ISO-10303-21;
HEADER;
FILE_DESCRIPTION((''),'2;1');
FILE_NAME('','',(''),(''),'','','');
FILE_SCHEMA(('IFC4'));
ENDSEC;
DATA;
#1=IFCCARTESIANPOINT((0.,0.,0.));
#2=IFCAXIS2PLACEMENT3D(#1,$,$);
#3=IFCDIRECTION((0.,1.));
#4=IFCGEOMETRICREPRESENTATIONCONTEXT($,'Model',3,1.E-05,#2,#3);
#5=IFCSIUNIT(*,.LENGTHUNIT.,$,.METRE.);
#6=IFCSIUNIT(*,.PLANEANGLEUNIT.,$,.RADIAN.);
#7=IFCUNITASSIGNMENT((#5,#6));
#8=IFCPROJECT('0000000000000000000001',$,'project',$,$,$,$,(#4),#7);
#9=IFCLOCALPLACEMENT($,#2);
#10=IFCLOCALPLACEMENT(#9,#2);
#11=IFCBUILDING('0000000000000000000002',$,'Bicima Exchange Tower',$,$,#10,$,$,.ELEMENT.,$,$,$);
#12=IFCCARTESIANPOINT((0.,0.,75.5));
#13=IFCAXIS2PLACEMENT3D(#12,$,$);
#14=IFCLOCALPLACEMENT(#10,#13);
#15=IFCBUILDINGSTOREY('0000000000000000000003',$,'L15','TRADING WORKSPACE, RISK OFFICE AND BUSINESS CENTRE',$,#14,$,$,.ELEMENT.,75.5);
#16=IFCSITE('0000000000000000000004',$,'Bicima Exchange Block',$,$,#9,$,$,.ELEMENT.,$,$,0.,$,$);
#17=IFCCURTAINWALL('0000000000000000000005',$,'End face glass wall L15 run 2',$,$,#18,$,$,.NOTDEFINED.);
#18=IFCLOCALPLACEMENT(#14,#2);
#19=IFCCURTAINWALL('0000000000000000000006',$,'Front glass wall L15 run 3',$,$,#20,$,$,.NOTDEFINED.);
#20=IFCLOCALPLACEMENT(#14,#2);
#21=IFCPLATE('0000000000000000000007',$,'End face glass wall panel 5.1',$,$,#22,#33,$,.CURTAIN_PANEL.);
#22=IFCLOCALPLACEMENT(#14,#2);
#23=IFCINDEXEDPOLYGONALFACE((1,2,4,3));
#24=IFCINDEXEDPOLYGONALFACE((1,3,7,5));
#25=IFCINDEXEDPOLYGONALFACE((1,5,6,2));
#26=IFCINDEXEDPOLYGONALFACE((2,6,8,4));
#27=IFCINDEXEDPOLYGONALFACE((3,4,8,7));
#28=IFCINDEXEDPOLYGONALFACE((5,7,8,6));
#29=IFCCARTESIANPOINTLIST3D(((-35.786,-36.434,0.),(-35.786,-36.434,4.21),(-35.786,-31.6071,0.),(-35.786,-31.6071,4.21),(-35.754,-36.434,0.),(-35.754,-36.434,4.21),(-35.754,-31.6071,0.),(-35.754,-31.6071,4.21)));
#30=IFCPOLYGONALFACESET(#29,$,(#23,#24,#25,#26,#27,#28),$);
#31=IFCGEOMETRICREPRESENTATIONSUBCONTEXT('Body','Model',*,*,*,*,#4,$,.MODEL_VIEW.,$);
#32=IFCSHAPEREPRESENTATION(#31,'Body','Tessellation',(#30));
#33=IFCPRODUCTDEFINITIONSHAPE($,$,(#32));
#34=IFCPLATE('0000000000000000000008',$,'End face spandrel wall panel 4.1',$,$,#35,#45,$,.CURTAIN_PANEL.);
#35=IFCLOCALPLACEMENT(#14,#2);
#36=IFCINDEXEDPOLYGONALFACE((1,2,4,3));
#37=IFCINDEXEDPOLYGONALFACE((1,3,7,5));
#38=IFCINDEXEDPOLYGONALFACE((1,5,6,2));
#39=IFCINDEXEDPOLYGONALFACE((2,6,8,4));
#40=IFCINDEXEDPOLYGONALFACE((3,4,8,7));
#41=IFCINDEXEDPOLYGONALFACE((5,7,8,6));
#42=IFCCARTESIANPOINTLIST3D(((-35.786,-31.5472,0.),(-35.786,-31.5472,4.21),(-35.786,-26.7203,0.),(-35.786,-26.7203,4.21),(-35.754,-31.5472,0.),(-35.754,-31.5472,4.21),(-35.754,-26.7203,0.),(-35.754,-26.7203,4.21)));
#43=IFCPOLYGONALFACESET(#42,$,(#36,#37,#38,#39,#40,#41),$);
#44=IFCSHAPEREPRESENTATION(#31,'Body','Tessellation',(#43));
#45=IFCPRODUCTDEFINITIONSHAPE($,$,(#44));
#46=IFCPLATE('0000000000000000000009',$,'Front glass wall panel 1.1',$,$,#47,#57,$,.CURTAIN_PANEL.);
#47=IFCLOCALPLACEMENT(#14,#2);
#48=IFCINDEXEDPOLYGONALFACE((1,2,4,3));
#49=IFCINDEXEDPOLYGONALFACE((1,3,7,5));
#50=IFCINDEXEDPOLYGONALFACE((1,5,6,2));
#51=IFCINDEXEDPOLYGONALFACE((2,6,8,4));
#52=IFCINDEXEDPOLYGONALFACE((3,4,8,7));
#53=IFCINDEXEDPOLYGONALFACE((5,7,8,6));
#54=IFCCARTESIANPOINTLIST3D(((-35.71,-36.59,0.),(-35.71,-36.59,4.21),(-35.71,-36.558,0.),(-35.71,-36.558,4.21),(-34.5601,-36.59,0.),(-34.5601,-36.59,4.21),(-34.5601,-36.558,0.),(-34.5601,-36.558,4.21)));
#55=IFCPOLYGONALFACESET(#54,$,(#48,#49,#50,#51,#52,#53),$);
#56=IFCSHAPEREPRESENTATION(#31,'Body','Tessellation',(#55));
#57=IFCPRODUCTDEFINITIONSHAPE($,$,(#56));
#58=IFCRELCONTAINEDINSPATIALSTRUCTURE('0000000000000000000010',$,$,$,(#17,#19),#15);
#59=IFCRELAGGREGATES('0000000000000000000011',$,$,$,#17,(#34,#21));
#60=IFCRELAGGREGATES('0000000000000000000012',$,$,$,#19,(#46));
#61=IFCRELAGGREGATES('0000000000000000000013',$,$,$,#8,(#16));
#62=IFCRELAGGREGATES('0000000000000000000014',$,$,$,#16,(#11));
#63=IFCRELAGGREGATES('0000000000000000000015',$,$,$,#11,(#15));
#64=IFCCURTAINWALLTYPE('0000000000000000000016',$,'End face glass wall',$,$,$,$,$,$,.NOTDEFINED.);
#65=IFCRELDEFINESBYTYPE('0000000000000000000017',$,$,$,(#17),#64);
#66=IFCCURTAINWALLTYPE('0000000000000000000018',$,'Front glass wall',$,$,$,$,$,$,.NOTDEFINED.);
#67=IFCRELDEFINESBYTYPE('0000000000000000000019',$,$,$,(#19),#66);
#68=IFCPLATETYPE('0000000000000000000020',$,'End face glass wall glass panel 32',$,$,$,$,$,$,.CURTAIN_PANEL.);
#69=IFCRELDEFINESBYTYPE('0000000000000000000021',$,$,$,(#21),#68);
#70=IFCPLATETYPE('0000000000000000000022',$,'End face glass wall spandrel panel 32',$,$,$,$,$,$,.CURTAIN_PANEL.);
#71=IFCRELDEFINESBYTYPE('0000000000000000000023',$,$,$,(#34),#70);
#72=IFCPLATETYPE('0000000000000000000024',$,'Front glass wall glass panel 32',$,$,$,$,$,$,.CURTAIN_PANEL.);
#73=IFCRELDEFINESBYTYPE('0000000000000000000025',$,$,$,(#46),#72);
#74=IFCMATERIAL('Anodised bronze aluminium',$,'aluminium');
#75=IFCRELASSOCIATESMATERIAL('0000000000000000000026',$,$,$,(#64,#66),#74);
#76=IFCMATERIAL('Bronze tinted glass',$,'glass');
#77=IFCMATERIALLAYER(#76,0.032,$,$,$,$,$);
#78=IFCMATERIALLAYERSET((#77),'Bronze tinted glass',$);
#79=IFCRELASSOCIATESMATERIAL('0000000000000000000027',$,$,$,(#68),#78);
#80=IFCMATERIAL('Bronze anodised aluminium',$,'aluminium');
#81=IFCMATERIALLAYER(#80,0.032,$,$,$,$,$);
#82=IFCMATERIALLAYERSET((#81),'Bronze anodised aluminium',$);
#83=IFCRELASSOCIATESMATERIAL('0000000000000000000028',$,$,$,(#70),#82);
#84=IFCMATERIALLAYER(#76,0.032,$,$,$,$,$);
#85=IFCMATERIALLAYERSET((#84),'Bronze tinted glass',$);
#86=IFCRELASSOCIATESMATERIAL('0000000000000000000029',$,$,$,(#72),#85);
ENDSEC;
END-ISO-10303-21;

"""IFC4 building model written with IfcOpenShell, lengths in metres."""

from ifc_helpers import new_model, si_unit, direction, frame, origin, origin_2d, place, context, subcontext, project, spatial, rectangle, extrude, material, layer, layer_set, type_object, element, aggregate, save


model = new_model("IFC4")

# Units and contexts
model_context = context("Model", 3, precision=1e-05, world=origin(), true_north=direction((0.0, 1.0)))
body_context = subcontext(model_context, "Body", "Model", "MODEL_VIEW")
ifc_project = project(units=[si_unit("LENGTHUNIT", "METRE"), si_unit("PLANEANGLEUNIT", "RADIAN")], contexts=[model_context])

# Site, building, storey
site_placement = place(None, origin())
site = spatial("IfcSite", under=ifc_project, at=site_placement, Name="Bicima Exchange Block", CompositionType="ELEMENT", RefElevation=0.0)
building_placement = place(site_placement, origin())
building = spatial("IfcBuilding", under=site, at=building_placement, Name="Bicima Exchange Tower", CompositionType="ELEMENT")
storey_placement = place(building_placement, frame((0.0, 0.0, 75.5)))
storey = spatial("IfcBuildingStorey", under=building, at=storey_placement, Name="L15", Description="TRADING WORKSPACE, RISK OFFICE AND BUSINESS CENTRE", CompositionType="ELEMENT", Elevation=75.5)

# Curtain wall
ifc_material_1 = material(Name="Anodised bronze aluminium", Category="aluminium")
curtain_wall_type_1 = type_object("IfcCurtainWallType", Name="End face glass wall", PredefinedType="NOTDEFINED", material=ifc_material_1)
curtain_wall_1_placement = place(storey_placement, origin())
curtain_wall_1 = element("IfcCurtainWall", 1, at=curtain_wall_1_placement, inside=storey, type_object=curtain_wall_type_1, Name="End face glass wall L15 run 2", PredefinedType="NOTDEFINED")

# Curtain wall
curtain_wall_type_2 = type_object("IfcCurtainWallType", Name="Front glass wall", PredefinedType="NOTDEFINED", material=ifc_material_1)
curtain_wall_2_placement = place(storey_placement, origin())
curtain_wall_2 = element("IfcCurtainWall", 2, at=curtain_wall_2_placement, inside=storey, type_object=curtain_wall_type_2, Name="Front glass wall L15 run 3", PredefinedType="NOTDEFINED")

# Plates
ifc_material_2 = material(Name="Bronze tinted glass", Category="glass")
ifc_layer_1 = layer(ifc_material_2, 0.032)
ifc_layer_set_1 = layer_set([ifc_layer_1], Name="Bronze tinted glass")
plate_type_1 = type_object("IfcPlateType", Name="End face glass wall glass panel 32", PredefinedType="CURTAIN_PANEL", material=ifc_layer_set_1)
plate_1_placement = place(storey_placement, frame((-35.77, -34.0205, 0.0), z_axis=(0.0, 0.0, 1.0), x_axis=(0.0, -1.0, 0.0)))
plate_1 = element("IfcPlate", 3, at=plate_1_placement, type_object=plate_type_1, Name="End face glass wall panel 5.1", PredefinedType="CURTAIN_PANEL", context=body_context, shape_type="SweptSolid", body=[
    extrude(rectangle(XDim=4.8269, YDim=0.032, at=origin_2d()), origin(), (0.0, 0.0, 1.0), 4.21),
])
ifc_material_3 = material(Name="Bronze anodised aluminium", Category="aluminium")
ifc_layer_2 = layer(ifc_material_3, 0.032)
ifc_layer_set_2 = layer_set([ifc_layer_2], Name="Bronze anodised aluminium")
plate_type_2 = type_object("IfcPlateType", Name="End face glass wall spandrel panel 32", PredefinedType="CURTAIN_PANEL", material=ifc_layer_set_2)
plate_2_placement = place(storey_placement, frame((-35.77, -29.1338, 0.0), z_axis=(0.0, 0.0, 1.0), x_axis=(0.0, -1.0, 0.0)))
plate_2 = element("IfcPlate", 4, at=plate_2_placement, type_object=plate_type_2, Name="End face spandrel wall panel 4.1", PredefinedType="CURTAIN_PANEL", context=body_context, shape_type="SweptSolid", body=[
    extrude(rectangle(XDim=4.8269, YDim=0.032, at=origin_2d()), origin(), (0.0, 0.0, 1.0), 4.21),
])
aggregate(curtain_wall_1, [plate_2, plate_1])
ifc_layer_3 = layer(ifc_material_2, 0.032)
ifc_layer_set_3 = layer_set([ifc_layer_3], Name="Bronze tinted glass")
plate_type_3 = type_object("IfcPlateType", Name="Front glass wall glass panel 32", PredefinedType="CURTAIN_PANEL", material=ifc_layer_set_3)
plate_3_placement = place(storey_placement, frame((-35.135, -36.574, 0.0), z_axis=(0.0, 0.0, 1.0), x_axis=(1.0, 0.0, 0.0)))
plate_3 = element("IfcPlate", 5, at=plate_3_placement, type_object=plate_type_3, Name="Front glass wall panel 1.1", PredefinedType="CURTAIN_PANEL", context=body_context, shape_type="SweptSolid", body=[
    extrude(rectangle(XDim=1.1499, YDim=0.032, at=origin_2d()), origin(), (0.0, 0.0, 1.0), 4.21),
])
aggregate(curtain_wall_2, [plate_3])

save(model, "model.ifc")
